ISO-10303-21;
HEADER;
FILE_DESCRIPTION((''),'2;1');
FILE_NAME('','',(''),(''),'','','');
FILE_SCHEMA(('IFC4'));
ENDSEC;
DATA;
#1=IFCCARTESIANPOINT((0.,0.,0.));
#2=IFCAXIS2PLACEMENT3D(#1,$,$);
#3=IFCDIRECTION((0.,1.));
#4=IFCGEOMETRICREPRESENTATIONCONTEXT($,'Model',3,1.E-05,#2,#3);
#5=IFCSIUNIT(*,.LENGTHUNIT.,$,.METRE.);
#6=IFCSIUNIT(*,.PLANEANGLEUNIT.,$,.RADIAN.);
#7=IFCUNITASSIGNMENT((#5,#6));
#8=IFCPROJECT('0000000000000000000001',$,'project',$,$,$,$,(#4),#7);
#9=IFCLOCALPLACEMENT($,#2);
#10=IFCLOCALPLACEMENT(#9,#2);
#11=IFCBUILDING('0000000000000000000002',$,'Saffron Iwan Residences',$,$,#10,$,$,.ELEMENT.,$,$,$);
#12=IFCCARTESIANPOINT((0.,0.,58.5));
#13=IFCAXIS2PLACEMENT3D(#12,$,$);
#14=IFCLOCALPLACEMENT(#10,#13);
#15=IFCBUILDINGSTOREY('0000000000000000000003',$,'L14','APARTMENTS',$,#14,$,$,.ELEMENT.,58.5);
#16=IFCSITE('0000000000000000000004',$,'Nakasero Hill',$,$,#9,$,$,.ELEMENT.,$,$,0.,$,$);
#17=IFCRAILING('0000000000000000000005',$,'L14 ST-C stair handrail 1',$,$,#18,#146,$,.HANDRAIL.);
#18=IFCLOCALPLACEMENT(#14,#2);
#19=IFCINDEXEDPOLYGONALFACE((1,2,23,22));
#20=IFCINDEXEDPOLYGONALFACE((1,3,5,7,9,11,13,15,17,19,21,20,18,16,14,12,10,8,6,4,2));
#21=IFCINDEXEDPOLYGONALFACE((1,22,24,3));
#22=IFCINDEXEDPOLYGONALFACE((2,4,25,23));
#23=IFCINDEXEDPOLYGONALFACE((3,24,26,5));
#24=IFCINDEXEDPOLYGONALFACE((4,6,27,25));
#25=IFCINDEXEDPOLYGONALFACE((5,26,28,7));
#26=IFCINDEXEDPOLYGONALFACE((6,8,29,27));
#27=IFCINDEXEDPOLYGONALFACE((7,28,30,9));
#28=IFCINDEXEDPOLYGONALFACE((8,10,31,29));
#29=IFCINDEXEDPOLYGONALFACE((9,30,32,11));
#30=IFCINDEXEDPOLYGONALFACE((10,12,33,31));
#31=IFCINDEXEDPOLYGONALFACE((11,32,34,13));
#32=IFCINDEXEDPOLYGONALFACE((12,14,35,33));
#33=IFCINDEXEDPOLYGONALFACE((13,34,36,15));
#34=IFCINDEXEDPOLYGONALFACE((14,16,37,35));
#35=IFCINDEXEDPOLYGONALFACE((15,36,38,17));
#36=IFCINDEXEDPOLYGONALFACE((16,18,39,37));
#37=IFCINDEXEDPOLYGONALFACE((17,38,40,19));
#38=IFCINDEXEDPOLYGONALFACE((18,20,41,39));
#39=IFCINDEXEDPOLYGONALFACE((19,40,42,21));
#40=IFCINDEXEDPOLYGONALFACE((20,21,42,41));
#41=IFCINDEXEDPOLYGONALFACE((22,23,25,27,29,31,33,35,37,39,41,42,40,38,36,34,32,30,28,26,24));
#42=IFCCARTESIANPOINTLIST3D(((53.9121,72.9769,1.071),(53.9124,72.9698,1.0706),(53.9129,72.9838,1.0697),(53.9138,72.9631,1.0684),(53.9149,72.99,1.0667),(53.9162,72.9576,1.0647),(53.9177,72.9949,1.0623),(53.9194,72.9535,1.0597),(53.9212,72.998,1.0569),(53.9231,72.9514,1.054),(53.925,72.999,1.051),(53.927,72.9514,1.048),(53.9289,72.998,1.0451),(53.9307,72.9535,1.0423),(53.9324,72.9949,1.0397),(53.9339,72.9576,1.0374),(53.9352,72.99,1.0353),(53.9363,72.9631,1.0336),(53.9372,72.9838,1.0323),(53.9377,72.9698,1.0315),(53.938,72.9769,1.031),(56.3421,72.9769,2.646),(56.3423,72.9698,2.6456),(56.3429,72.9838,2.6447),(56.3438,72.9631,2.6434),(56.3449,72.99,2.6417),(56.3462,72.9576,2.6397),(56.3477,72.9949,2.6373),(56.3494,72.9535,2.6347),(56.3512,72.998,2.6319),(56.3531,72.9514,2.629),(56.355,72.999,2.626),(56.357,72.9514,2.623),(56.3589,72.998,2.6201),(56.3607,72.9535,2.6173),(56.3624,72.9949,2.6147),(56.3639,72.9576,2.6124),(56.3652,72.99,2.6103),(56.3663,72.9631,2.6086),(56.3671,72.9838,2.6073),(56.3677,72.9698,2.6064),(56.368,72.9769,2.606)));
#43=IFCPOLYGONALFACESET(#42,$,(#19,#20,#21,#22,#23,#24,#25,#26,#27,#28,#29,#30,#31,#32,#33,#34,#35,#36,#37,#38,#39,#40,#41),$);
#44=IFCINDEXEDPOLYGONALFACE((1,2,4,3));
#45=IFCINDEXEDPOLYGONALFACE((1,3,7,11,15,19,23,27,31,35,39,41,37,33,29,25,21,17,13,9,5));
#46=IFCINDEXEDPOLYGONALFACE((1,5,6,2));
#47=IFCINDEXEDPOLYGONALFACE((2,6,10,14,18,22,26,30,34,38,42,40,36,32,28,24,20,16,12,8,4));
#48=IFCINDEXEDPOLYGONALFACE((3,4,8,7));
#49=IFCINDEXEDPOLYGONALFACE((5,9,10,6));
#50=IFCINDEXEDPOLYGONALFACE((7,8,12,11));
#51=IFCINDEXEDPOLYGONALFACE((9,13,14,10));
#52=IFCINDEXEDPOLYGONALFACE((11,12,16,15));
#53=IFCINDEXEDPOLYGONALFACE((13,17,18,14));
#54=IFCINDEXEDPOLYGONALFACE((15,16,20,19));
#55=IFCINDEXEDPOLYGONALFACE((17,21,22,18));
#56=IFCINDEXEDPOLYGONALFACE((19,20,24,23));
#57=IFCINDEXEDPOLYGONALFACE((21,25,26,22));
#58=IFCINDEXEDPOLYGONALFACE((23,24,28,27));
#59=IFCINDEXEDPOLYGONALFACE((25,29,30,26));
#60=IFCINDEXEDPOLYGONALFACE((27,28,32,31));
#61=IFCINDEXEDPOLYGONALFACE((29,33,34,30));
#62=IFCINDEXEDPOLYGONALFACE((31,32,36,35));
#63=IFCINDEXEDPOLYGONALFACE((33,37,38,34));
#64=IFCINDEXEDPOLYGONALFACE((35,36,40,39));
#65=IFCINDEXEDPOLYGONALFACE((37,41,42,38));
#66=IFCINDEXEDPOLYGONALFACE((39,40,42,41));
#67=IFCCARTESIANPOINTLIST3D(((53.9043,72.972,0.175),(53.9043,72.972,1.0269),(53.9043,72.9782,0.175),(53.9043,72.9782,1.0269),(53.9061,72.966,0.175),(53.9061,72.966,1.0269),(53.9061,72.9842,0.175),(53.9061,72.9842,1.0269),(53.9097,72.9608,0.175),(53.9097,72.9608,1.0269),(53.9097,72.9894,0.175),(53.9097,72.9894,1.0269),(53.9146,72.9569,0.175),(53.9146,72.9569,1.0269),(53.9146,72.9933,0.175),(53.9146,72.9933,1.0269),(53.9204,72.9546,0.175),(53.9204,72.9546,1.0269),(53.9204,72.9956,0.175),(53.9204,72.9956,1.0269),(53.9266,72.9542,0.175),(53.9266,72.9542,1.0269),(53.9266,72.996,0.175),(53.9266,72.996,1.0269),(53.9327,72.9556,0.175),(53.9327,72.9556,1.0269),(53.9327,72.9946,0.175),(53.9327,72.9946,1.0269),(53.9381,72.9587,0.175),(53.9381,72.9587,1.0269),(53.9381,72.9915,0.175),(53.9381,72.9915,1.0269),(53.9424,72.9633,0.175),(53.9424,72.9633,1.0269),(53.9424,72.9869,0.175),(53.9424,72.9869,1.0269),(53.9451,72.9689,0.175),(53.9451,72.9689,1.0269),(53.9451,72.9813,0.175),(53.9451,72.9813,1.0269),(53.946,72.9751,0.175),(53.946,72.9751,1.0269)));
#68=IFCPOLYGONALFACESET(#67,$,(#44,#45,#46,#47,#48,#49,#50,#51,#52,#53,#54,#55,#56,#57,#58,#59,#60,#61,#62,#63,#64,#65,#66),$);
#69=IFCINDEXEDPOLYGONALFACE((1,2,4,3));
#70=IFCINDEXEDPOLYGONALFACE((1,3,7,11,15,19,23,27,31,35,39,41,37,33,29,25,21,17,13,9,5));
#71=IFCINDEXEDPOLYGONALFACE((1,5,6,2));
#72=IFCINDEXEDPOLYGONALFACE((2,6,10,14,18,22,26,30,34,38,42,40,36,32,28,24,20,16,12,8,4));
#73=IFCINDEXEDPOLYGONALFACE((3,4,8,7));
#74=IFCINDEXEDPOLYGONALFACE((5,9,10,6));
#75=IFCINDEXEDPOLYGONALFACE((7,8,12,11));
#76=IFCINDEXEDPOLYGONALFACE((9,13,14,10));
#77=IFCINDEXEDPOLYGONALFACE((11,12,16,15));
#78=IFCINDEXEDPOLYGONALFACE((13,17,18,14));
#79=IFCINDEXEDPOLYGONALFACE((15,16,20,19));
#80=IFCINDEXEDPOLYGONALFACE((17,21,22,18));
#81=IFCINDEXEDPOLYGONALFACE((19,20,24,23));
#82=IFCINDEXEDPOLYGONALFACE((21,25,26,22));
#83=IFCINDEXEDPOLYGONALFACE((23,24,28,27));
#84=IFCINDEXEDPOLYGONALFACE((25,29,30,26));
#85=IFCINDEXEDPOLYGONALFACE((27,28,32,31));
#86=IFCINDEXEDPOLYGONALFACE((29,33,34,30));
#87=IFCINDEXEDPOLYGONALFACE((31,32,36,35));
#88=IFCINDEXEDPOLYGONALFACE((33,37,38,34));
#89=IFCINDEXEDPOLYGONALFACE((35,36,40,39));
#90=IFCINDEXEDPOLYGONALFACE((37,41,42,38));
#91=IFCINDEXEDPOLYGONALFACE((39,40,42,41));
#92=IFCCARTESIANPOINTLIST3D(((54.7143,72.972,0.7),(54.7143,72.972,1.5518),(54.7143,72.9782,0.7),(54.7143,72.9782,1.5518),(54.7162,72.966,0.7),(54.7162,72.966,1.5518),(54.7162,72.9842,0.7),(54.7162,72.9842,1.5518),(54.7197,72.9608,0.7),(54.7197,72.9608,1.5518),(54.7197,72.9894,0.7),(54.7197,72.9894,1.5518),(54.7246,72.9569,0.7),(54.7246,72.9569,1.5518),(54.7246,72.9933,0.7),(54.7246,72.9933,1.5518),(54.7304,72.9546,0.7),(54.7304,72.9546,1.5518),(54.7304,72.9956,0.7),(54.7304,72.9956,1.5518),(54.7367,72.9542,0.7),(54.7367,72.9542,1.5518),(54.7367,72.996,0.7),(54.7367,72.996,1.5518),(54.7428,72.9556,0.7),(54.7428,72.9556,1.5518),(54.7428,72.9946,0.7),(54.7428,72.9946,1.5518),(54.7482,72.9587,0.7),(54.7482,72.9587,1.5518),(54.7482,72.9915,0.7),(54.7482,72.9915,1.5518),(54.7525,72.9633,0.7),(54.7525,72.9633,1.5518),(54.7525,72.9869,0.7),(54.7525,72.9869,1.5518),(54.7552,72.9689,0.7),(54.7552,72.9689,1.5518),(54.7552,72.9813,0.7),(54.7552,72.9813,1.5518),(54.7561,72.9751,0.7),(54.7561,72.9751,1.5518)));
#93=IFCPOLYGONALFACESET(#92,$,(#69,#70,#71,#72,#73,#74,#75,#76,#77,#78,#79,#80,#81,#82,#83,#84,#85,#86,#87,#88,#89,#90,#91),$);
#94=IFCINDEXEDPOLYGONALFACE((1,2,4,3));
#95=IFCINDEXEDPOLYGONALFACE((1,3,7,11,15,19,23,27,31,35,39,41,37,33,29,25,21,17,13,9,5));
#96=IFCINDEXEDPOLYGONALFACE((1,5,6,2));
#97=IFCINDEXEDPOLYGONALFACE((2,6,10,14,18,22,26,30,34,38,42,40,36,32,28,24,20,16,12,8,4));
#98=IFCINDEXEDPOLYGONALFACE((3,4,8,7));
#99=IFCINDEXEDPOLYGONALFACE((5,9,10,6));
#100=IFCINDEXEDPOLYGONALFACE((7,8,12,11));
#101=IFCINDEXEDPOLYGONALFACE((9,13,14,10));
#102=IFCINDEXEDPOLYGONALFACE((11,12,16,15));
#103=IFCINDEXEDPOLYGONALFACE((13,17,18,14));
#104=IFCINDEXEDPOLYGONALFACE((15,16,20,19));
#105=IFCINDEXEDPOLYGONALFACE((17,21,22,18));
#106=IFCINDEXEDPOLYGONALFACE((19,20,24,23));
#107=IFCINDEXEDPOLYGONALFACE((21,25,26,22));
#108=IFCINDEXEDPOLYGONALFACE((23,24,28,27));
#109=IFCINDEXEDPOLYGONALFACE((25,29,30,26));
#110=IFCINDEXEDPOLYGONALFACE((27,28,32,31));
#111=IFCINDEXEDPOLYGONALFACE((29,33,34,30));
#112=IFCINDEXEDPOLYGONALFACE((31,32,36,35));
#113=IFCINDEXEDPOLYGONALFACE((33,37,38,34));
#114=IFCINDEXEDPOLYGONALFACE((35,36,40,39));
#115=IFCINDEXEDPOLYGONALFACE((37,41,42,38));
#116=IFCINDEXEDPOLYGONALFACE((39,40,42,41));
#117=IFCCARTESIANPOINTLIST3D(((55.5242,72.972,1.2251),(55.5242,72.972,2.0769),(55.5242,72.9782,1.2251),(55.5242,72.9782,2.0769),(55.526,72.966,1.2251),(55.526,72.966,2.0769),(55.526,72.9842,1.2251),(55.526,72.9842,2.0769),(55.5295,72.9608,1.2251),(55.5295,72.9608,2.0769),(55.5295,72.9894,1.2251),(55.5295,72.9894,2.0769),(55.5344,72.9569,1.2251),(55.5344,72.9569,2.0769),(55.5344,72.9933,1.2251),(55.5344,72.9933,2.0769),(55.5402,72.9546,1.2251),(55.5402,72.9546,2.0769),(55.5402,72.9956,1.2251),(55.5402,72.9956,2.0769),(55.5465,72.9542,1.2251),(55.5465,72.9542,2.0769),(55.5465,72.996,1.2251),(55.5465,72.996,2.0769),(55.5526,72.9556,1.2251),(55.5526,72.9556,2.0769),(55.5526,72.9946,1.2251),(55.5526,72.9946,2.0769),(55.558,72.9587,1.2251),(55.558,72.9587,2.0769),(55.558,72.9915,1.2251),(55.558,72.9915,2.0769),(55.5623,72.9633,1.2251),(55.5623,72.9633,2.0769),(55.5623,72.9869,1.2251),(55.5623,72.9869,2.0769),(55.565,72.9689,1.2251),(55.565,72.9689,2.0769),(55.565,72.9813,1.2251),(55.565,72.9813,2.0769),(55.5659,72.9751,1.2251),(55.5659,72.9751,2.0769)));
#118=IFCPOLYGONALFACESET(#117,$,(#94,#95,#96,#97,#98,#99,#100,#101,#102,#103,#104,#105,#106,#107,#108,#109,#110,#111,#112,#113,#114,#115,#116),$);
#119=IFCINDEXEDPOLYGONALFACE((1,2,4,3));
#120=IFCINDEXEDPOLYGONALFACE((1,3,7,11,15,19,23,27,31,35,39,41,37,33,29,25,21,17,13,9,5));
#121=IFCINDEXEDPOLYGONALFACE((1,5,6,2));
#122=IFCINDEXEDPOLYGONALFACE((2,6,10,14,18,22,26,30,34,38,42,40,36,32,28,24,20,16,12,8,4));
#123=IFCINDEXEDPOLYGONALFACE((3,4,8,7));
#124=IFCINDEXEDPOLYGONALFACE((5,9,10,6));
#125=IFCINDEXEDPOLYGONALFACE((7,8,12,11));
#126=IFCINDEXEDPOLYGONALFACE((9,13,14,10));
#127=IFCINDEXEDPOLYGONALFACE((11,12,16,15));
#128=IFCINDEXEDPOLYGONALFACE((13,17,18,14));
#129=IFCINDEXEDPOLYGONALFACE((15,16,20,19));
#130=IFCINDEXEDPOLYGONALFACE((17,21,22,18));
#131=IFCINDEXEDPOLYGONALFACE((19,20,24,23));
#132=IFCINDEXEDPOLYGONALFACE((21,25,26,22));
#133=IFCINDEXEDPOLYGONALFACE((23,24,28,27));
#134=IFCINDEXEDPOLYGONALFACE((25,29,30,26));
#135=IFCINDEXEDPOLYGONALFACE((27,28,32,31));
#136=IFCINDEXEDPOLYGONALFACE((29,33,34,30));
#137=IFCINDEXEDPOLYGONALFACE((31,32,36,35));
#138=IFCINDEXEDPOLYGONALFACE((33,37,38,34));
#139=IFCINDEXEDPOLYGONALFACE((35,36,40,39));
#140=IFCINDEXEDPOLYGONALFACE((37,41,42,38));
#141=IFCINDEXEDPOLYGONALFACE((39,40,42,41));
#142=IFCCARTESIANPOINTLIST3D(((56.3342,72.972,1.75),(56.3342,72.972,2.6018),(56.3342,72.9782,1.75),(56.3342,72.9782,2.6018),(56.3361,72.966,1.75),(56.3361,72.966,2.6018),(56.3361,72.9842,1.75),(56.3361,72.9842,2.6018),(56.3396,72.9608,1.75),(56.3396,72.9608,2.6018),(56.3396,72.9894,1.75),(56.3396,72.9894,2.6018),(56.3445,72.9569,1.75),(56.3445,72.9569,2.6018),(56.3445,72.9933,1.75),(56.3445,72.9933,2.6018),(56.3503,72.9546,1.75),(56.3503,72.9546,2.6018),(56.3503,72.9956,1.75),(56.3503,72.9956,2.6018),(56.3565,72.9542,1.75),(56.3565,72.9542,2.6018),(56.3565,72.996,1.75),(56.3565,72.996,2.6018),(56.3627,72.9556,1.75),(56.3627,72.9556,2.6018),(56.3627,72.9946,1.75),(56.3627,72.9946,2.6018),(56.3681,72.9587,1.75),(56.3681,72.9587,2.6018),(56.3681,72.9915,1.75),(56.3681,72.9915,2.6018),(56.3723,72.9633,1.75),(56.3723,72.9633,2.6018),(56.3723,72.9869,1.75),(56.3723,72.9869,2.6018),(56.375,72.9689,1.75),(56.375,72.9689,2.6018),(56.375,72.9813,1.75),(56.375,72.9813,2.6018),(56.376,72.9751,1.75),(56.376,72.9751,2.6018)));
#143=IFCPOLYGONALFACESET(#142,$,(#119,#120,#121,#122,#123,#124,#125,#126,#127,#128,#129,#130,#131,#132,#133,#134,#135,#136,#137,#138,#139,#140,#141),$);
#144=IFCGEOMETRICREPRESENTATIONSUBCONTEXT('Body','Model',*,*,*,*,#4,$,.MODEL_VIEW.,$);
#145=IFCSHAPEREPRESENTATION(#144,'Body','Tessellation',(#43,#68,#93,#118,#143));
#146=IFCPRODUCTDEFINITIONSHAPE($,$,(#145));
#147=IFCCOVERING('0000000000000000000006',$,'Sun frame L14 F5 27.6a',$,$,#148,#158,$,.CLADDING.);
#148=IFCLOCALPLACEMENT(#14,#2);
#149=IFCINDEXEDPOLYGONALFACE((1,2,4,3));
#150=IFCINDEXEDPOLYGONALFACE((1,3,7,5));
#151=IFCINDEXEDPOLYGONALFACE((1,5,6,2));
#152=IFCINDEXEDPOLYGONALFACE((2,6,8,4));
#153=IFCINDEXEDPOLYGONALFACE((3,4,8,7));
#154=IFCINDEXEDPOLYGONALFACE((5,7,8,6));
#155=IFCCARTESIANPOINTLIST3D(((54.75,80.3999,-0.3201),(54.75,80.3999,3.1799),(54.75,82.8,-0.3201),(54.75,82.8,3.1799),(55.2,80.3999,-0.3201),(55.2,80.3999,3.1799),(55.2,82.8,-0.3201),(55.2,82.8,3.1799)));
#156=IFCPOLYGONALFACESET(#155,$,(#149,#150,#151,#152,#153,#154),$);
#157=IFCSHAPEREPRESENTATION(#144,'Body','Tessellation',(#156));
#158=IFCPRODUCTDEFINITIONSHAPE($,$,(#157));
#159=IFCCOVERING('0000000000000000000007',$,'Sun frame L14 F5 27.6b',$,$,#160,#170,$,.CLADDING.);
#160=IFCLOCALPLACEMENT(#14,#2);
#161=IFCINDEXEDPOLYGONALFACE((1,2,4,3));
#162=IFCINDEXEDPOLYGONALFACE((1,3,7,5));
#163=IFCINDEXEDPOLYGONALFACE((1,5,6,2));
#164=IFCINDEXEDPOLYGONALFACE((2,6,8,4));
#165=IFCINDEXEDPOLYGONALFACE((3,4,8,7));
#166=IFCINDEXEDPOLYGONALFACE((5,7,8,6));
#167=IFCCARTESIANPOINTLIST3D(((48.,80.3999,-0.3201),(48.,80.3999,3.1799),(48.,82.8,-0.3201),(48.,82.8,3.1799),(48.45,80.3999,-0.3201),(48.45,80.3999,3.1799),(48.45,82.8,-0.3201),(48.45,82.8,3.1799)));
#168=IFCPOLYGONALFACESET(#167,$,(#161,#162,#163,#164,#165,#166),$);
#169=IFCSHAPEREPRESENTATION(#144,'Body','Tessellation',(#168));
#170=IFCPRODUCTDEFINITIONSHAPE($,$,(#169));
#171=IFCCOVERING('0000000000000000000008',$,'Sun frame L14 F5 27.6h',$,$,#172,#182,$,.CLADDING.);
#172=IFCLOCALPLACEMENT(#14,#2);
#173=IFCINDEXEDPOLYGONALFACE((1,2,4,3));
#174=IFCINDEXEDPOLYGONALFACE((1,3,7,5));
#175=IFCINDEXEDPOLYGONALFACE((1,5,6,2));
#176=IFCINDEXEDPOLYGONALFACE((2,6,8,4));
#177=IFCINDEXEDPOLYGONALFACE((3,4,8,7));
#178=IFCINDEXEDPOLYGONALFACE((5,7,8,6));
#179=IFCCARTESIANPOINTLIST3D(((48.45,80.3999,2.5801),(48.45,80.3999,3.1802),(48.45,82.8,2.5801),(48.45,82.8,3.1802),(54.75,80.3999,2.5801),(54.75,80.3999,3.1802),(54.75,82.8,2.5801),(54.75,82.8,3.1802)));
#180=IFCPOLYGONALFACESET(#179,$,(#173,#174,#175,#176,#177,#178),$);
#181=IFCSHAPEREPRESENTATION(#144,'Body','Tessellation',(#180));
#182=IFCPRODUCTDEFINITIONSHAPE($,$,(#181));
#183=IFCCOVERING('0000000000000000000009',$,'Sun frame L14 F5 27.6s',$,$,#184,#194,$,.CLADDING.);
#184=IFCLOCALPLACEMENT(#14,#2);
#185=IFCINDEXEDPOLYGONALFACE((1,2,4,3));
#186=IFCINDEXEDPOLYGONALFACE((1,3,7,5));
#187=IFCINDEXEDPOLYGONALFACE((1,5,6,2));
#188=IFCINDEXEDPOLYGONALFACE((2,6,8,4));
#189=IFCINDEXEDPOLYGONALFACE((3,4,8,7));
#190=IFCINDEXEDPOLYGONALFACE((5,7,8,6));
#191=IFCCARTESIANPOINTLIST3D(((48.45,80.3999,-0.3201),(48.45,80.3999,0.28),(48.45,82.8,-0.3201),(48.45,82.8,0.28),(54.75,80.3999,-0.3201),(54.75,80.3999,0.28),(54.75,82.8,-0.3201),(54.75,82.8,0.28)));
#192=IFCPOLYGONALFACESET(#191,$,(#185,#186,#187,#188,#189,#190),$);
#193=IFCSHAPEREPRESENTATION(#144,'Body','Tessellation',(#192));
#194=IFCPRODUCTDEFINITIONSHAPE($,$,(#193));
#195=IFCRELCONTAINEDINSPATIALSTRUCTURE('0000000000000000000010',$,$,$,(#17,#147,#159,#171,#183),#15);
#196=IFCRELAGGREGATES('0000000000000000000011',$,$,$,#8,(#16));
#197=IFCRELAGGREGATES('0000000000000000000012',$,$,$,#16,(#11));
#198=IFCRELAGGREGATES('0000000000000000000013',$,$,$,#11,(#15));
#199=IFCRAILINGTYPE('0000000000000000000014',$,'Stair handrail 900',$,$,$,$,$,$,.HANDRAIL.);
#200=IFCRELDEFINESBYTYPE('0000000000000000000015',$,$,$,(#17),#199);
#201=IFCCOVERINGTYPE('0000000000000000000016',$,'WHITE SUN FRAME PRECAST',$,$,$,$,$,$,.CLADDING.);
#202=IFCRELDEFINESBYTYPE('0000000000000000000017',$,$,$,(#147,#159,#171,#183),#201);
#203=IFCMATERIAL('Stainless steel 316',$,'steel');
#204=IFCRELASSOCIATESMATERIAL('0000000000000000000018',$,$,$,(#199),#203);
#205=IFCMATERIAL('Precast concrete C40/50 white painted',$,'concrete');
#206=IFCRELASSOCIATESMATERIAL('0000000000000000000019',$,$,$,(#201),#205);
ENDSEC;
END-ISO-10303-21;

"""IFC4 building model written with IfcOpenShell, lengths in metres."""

from ifc_helpers import new_model, si_unit, direction, frame, origin, origin_2d, place, context, subcontext, project, spatial, polyline, circle, outline, extrude, material, type_object, element, save


model = new_model("IFC4")

# Units and contexts
model_context = context("Model", 3, precision=1e-05, world=origin(), true_north=direction((0.0, 1.0)))
body_context = subcontext(model_context, "Body", "Model", "MODEL_VIEW")
ifc_project = project(units=[si_unit("LENGTHUNIT", "METRE"), si_unit("PLANEANGLEUNIT", "RADIAN")], contexts=[model_context])

# Site, building, storey
site_placement = place(None, origin())
site = spatial("IfcSite", under=ifc_project, at=site_placement, Name="Nakasero Hill", CompositionType="ELEMENT", RefElevation=0.0)
building_placement = place(site_placement, origin())
building = spatial("IfcBuilding", under=site, at=building_placement, Name="Saffron Iwan Residences", CompositionType="ELEMENT")
storey_placement = place(building_placement, frame((0.0, 0.0, 58.5)))
storey = spatial("IfcBuildingStorey", under=building, at=storey_placement, Name="L14", Description="APARTMENTS", CompositionType="ELEMENT", Elevation=58.5)

# Railing
ifc_material_1 = material(Name="Stainless steel 316", Category="steel")
railing_type_1 = type_object("IfcRailingType", Name="Stair handrail 900", PredefinedType="HANDRAIL", material=ifc_material_1)
railing_1_placement = place(storey_placement, frame((53.925, 72.9751, 0.175)))
element("IfcRailing", 1, at=railing_1_placement, inside=storey, type_object=railing_type_1, Name="L14 ST-C stair handrail 1", PredefinedType="HANDRAIL", context=body_context, shape_type="SweptSolid", body=[
    extrude(circle(Radius=0.0239, at=origin_2d()), frame((0.0, 0.0, 0.876), z_axis=(0.839154, 0.0, 0.543894), x_axis=(0.0, 1.0, 0.0)), (0.0, 0.0, 1.0), 2.8958),
    extrude(circle(Radius=0.021, at=origin_2d()), origin(), (0.0, 0.0, 1.0), 0.8518),
    extrude(circle(Radius=0.021, at=origin_2d()), frame((0.8101, 0.0, 0.5249)), (0.0, 0.0, 1.0), 0.8518),
    extrude(circle(Radius=0.021, at=origin_2d()), frame((1.6199, 0.0, 1.05)), (0.0, 0.0, 1.0), 0.8518),
    extrude(circle(Radius=0.021, at=origin_2d()), frame((2.4299, 0.0, 1.575)), (0.0, 0.0, 1.0), 0.8518),
])

# Coverings
ifc_material_2 = material(Name="Precast concrete C40/50 white painted", Category="concrete")
covering_type_1 = type_object("IfcCoveringType", Name="WHITE SUN FRAME PRECAST", PredefinedType="CLADDING", material=ifc_material_2)
for number, where, z_axis, x_axis, name in (
    (2, (55.2, 80.3999, -0.3201), (0.0, 1.0, 0.0), (-1.0, 0.0, 0.0), "Sun frame L14 F5 27.6a"),
    (3, (48.45, 80.3999, -0.3201), (0.0, 1.0, 0.0), (-1.0, 0.0, 0.0), "Sun frame L14 F5 27.6b"),
):
    element("IfcCovering", number, at=place(storey_placement, frame(where, z_axis=z_axis, x_axis=x_axis)), inside=storey, type_object=covering_type_1, Name=name, PredefinedType="CLADDING", context=body_context, shape_type="SweptSolid", body=[
        extrude(outline(polyline([(0.0, 0.0), (0.45, 0.0), (0.45, 3.5), (0.0, 3.5), (0.0, 0.0)])), origin(), (0.0, 0.0, 1.0), 2.4001),
    ])
for number, where, z_axis, x_axis, name in (
    (4, (54.75, 80.3999, 2.5801), (0.0, 1.0, 0.0), (-1.0, 0.0, 0.0), "Sun frame L14 F5 27.6h"),
    (5, (54.75, 80.3999, -0.3201), (0.0, 1.0, 0.0), (-1.0, 0.0, 0.0), "Sun frame L14 F5 27.6s"),
):
    element("IfcCovering", number, at=place(storey_placement, frame(where, z_axis=z_axis, x_axis=x_axis)), inside=storey, type_object=covering_type_1, Name=name, PredefinedType="CLADDING", context=body_context, shape_type="SweptSolid", body=[
        extrude(outline(polyline([(0.0, 0.0), (6.3, 0.0), (6.3, 0.6001), (0.0, 0.6001), (0.0, 0.0)])), origin(), (0.0, 0.0, 1.0), 2.4001),
    ])

save(model, "model.ifc")
